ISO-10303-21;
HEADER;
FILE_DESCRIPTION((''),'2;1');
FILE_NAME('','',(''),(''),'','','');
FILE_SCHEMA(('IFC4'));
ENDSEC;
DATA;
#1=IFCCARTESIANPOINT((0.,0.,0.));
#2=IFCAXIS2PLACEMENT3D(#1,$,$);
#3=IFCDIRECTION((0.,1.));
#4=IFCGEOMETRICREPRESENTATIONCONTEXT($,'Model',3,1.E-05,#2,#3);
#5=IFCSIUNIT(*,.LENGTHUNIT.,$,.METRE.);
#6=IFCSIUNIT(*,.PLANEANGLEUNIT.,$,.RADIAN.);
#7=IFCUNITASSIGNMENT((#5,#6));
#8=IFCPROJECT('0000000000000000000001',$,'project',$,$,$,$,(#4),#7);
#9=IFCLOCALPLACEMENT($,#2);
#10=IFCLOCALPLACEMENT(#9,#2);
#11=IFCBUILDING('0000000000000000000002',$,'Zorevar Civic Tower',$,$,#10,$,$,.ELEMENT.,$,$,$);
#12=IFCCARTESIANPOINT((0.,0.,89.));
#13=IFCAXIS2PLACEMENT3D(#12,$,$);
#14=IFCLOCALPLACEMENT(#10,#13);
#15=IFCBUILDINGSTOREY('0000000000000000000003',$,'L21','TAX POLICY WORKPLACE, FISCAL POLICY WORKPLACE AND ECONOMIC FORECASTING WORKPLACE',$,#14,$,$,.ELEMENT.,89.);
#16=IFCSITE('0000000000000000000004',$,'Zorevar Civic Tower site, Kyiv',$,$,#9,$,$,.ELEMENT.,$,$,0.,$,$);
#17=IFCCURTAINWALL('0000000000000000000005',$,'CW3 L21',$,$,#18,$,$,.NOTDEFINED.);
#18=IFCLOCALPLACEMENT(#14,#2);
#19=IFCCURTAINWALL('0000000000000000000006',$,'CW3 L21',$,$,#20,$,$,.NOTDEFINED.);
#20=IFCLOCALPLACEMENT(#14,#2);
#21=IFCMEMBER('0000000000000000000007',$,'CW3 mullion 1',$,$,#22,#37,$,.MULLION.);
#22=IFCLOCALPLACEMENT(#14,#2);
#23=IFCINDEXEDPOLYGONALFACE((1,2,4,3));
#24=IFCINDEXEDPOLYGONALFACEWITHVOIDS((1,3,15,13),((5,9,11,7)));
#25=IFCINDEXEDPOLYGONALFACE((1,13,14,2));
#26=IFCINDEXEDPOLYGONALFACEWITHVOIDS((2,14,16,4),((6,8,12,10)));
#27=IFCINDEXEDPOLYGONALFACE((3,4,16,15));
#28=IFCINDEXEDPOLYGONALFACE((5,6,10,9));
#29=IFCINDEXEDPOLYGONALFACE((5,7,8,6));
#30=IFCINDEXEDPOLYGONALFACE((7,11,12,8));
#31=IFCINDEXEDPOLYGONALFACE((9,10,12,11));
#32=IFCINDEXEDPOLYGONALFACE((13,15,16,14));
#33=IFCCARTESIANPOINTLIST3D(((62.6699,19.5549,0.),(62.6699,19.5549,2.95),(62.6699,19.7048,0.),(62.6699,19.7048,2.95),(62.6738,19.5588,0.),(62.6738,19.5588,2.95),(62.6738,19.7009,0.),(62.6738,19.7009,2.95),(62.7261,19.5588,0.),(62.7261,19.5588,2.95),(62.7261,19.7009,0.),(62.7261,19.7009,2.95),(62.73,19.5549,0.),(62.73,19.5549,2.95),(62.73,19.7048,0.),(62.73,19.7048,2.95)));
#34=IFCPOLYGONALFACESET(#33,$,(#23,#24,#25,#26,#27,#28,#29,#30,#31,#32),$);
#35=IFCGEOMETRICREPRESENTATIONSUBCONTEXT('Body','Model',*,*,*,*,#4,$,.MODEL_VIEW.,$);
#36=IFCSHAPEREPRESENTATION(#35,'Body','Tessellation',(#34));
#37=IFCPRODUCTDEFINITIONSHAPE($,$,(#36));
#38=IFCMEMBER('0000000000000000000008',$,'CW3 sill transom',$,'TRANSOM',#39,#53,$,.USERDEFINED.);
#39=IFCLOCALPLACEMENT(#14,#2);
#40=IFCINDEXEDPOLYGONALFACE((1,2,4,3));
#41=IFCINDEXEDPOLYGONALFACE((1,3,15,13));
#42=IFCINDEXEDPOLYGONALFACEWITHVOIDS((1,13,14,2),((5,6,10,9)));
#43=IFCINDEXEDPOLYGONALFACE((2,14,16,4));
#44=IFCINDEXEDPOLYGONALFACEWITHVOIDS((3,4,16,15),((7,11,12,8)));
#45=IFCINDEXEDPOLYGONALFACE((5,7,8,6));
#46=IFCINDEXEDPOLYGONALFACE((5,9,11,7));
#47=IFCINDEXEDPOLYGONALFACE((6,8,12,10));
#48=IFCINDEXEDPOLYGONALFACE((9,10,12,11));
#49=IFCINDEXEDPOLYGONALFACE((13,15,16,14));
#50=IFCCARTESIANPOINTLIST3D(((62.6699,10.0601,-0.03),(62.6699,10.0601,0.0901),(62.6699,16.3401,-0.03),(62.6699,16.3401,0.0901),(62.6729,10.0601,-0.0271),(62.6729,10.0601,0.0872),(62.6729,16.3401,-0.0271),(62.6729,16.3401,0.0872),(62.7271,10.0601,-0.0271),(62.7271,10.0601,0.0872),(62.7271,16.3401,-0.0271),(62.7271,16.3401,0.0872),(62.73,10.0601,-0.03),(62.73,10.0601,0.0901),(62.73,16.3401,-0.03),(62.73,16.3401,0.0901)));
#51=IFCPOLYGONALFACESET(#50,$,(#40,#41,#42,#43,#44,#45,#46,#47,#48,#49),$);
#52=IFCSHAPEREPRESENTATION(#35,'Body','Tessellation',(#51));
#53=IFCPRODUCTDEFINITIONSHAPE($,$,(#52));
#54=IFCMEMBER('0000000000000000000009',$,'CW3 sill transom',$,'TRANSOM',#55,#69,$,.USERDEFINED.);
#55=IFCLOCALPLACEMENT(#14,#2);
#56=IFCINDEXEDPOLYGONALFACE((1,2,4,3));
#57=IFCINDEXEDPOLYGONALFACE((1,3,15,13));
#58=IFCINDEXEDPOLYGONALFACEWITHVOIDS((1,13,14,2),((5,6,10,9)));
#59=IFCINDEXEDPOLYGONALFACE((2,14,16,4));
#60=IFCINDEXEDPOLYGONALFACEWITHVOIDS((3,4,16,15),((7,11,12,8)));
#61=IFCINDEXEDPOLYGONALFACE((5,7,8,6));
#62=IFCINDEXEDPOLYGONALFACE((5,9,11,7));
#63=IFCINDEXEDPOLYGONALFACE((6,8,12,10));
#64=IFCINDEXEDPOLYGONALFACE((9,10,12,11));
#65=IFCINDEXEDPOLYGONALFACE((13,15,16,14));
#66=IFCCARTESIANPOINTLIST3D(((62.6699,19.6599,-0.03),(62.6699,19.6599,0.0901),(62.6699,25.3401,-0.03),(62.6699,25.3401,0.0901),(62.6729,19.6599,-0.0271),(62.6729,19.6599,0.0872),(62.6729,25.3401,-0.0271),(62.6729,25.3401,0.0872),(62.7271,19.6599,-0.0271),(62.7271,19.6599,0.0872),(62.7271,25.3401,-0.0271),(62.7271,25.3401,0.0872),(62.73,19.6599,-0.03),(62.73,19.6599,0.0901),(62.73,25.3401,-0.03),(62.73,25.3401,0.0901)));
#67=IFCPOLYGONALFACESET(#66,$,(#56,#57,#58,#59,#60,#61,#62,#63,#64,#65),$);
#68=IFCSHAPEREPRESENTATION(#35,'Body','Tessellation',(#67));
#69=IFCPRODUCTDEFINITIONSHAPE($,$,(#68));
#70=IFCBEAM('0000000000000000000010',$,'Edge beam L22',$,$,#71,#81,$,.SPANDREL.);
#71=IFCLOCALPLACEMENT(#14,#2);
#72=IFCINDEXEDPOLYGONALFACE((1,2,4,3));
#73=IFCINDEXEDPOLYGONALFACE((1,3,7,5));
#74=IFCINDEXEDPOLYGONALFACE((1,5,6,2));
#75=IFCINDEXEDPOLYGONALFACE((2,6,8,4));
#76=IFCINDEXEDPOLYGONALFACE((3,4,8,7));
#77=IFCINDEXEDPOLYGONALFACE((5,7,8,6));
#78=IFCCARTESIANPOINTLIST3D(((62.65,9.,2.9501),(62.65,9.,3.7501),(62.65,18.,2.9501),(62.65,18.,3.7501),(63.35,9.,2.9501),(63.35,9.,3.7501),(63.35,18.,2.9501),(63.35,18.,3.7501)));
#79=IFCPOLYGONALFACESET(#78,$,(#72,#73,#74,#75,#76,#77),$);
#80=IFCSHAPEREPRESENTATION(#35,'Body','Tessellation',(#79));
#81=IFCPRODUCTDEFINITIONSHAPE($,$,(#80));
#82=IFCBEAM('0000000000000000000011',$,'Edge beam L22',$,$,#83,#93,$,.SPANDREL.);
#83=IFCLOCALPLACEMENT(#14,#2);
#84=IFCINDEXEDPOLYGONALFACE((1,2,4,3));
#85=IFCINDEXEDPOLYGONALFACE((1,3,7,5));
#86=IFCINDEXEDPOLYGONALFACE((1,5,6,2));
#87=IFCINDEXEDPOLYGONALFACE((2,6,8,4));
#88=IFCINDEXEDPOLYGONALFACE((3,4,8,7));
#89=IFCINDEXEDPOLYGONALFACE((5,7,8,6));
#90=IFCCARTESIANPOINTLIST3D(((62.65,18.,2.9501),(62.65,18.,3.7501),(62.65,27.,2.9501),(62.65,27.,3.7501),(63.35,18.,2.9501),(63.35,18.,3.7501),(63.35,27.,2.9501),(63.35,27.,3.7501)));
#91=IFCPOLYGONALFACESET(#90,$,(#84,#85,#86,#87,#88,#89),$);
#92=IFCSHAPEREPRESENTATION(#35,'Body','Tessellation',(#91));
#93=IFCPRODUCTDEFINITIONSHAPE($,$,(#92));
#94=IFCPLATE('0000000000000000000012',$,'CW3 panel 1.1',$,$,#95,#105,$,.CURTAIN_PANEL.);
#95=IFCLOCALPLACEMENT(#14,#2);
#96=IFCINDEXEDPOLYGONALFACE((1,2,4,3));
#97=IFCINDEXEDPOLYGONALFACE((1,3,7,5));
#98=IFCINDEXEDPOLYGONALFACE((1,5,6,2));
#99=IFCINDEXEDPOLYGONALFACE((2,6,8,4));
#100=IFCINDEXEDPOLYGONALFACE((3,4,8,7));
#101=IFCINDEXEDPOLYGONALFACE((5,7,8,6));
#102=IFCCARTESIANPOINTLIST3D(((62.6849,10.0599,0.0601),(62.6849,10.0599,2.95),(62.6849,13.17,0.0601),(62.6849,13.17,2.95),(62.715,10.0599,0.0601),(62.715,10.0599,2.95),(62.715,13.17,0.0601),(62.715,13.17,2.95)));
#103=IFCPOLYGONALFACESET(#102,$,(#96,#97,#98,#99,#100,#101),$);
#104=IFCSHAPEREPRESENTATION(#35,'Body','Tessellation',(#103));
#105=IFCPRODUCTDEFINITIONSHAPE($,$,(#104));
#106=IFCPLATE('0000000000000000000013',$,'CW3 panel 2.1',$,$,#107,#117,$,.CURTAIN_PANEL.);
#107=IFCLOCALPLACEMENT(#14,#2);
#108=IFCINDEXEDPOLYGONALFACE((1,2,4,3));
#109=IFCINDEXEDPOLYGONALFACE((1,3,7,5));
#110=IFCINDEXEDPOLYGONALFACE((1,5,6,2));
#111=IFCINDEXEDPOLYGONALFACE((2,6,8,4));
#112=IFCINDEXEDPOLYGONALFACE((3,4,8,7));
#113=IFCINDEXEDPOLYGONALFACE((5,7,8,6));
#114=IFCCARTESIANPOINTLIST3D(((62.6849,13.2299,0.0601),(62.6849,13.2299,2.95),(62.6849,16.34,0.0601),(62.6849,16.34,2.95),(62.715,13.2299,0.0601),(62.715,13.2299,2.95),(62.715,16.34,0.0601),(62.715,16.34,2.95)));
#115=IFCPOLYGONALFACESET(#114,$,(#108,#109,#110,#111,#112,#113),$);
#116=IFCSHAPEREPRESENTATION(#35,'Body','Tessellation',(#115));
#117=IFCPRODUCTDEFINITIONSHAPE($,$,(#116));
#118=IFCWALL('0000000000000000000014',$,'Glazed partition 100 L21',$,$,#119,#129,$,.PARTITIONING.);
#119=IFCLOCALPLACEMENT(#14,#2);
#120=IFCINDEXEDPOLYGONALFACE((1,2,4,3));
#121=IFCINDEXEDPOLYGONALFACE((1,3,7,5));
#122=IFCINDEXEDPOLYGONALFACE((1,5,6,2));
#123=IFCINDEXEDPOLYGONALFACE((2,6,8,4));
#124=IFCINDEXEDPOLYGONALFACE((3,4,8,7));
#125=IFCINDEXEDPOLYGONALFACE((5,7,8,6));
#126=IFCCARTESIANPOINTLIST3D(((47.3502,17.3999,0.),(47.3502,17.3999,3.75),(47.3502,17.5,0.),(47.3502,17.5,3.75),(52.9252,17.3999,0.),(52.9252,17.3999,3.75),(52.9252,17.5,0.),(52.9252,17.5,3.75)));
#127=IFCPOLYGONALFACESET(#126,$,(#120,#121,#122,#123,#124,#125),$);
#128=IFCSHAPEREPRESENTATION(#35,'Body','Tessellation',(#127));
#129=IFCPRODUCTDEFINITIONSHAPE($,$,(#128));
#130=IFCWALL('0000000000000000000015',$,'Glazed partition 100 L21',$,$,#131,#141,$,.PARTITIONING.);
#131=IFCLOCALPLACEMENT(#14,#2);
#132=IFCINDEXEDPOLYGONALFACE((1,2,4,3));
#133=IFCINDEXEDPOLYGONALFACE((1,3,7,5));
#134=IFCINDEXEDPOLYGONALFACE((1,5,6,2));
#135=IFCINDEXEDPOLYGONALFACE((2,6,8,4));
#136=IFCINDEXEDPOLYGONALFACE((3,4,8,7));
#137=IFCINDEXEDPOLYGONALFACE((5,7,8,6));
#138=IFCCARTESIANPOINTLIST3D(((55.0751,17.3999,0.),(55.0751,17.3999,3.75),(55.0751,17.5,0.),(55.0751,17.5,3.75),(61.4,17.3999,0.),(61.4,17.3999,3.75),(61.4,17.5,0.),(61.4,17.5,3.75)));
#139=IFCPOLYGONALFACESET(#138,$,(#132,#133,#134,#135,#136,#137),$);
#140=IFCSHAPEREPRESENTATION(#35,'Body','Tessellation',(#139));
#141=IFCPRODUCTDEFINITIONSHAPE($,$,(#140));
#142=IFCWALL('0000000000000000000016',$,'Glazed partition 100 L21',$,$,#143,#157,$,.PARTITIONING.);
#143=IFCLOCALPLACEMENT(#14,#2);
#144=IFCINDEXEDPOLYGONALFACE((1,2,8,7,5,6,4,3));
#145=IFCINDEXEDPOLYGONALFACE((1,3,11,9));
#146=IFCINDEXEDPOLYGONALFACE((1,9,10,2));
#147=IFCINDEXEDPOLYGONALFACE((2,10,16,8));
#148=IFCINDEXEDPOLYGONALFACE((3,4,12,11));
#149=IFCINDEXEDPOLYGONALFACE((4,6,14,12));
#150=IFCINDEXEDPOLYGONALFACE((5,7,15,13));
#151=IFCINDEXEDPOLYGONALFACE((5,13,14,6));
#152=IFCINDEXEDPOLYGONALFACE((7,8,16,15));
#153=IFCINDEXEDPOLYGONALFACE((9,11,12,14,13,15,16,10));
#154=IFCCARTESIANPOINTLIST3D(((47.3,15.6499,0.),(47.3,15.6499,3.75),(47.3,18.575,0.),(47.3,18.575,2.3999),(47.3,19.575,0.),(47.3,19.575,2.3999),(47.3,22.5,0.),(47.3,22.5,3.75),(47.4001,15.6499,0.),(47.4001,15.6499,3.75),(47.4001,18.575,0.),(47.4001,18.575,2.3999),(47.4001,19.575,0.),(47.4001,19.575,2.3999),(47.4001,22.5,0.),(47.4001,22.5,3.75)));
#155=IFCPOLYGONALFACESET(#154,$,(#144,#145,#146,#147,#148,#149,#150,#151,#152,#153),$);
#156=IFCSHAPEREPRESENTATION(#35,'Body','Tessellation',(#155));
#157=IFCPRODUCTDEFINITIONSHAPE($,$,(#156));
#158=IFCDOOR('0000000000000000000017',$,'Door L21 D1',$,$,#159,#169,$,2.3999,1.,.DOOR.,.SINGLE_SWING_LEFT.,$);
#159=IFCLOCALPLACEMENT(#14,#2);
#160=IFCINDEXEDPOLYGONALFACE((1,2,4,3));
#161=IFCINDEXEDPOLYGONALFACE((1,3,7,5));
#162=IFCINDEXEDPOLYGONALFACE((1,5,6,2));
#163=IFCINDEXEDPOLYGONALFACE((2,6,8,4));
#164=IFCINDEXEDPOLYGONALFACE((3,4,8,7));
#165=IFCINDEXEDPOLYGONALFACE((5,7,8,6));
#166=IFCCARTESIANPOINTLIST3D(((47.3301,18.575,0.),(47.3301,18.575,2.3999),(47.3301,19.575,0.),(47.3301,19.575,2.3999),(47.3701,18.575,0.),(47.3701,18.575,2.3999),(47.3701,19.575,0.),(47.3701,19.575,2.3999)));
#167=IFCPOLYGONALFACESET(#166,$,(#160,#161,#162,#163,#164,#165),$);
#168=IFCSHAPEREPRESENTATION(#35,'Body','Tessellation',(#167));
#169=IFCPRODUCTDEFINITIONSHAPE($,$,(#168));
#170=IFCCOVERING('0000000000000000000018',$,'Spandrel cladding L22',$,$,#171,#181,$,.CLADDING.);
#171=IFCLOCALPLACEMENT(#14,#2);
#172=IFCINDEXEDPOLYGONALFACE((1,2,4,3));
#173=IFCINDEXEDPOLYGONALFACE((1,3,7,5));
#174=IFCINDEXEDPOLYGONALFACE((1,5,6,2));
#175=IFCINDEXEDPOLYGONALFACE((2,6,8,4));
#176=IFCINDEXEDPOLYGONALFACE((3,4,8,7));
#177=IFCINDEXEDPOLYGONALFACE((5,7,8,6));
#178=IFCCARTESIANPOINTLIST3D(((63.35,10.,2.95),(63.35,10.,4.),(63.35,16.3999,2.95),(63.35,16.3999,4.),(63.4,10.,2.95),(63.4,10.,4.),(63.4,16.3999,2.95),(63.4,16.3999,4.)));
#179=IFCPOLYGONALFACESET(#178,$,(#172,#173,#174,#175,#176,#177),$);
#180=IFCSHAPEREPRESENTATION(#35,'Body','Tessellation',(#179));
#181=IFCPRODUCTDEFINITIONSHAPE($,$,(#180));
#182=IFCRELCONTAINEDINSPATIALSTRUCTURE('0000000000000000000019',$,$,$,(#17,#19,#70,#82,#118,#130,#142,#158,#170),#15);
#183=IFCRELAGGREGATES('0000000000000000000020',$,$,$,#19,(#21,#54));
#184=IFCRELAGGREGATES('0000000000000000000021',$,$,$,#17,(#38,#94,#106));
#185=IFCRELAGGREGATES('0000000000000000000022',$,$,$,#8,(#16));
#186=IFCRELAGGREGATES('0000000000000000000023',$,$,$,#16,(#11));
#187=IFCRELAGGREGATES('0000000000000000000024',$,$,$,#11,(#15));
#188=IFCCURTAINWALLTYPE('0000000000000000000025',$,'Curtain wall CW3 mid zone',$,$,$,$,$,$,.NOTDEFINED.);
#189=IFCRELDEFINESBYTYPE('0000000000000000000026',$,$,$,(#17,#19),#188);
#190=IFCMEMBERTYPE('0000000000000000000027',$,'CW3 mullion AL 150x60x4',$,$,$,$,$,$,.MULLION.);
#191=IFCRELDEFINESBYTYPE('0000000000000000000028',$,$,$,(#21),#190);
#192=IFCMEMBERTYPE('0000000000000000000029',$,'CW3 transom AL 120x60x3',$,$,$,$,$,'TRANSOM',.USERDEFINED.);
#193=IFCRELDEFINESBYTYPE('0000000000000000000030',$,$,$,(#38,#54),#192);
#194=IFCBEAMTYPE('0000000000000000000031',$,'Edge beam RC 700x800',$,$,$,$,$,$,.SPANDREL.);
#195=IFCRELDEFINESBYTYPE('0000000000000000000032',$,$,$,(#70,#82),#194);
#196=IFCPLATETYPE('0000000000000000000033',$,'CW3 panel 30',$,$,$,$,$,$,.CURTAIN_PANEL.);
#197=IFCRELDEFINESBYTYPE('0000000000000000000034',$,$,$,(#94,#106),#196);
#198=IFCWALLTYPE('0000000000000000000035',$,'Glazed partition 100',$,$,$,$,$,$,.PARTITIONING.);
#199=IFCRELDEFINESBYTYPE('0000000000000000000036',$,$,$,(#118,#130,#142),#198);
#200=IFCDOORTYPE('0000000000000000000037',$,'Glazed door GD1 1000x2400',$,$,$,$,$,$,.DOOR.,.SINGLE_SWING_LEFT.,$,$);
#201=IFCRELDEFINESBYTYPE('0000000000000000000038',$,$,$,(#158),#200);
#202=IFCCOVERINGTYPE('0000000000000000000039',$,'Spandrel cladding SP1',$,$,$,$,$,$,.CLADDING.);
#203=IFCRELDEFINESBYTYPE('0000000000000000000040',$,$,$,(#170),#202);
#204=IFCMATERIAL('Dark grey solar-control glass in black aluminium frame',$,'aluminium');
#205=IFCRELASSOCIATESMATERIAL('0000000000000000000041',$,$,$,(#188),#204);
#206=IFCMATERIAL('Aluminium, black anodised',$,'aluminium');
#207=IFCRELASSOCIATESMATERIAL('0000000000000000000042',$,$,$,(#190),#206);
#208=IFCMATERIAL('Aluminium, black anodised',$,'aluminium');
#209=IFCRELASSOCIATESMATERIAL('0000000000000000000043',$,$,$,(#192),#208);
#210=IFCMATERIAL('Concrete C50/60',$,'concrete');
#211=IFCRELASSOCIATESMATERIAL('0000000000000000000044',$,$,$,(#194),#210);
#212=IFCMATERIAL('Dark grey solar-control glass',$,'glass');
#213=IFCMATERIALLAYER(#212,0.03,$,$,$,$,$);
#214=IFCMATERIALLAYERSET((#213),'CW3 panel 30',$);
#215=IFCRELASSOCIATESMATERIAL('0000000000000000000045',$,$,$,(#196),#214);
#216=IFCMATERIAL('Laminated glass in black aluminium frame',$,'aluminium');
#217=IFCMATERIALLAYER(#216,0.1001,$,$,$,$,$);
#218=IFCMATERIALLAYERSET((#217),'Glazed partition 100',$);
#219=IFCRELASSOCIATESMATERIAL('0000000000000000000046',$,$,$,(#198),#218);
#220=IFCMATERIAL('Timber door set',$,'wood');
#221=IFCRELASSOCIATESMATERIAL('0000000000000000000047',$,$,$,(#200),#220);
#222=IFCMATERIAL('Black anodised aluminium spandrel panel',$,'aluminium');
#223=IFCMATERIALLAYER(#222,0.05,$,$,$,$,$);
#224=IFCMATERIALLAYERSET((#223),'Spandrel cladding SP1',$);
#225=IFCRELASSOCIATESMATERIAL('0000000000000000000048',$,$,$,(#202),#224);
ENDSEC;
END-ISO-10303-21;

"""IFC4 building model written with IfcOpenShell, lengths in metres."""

from ifc_helpers import new_model, si_unit, direction, frame, frame_2d, origin, origin_2d, place, context, subcontext, project, spatial, rectangle, hollow_rectangle, extrude, material, layer, layer_set, material_profile, profile_set, type_object, element, fill, aggregate, save


model = new_model("IFC4")

# Units and contexts
model_context = context("Model", 3, precision=1e-05, world=origin(), true_north=direction((0.0, 1.0)))
body_context = subcontext(model_context, "Body", "Model", "MODEL_VIEW")
ifc_project = project(units=[si_unit("LENGTHUNIT", "METRE"), si_unit("PLANEANGLEUNIT", "RADIAN")], contexts=[model_context])

# Site, building, storey
site_placement = place(None, origin())
site = spatial("IfcSite", under=ifc_project, at=site_placement, Name="Zorevar Civic Tower site, Kyiv", CompositionType="ELEMENT", RefElevation=0.0)
building_placement = place(site_placement, origin())
building = spatial("IfcBuilding", under=site, at=building_placement, Name="Zorevar Civic Tower", CompositionType="ELEMENT")
storey_placement = place(building_placement, frame((0.0, 0.0, 89.0)))
storey = spatial("IfcBuildingStorey", under=building, at=storey_placement, Name="L21", Description="TAX POLICY WORKPLACE, FISCAL POLICY WORKPLACE AND ECONOMIC FORECASTING WORKPLACE", CompositionType="ELEMENT", Elevation=89.0)

# Curtain wall
ifc_material_1 = material(Name="Dark grey solar-control glass in black aluminium frame", Category="aluminium")
curtain_wall_type = type_object("IfcCurtainWallType", Name="Curtain wall CW3 mid zone", PredefinedType="NOTDEFINED", material=ifc_material_1)
curtain_wall_1_placement = place(storey_placement, origin())
curtain_wall_1 = element("IfcCurtainWall", 1, at=curtain_wall_1_placement, inside=storey, type_object=curtain_wall_type, Name="CW3 L21", PredefinedType="NOTDEFINED")
ifc_material_2 = material(Name="Aluminium, black anodised", Category="aluminium")
ifc_material_profile_1 = material_profile(ifc_material_2, hollow_rectangle(XDim=0.0601, YDim=0.1499, WallThickness=0.0039, at=origin_2d()), Name="AL 150x60x4")
ifc_profile_set_1 = profile_set([ifc_material_profile_1], Name="Aluminium, black anodised")
member_type_1 = type_object("IfcMemberType", Name="CW3 mullion AL 150x60x4", PredefinedType="MULLION", material=ifc_profile_set_1)

# Curtain wall, member
curtain_wall_2_placement = place(storey_placement, origin())
curtain_wall_2 = element("IfcCurtainWall", 2, at=curtain_wall_2_placement, inside=storey, type_object=curtain_wall_type, Name="CW3 L21", PredefinedType="NOTDEFINED")
member_1_placement = place(storey_placement, frame((62.7, 19.6299, 0.0), z_axis=(0.0, 0.0, 1.0), x_axis=(-1.0, 0.0, 0.0)))
member_1 = element("IfcMember", 3, at=member_1_placement, type_object=member_type_1, Name="CW3 mullion 1", PredefinedType="MULLION", context=body_context, shape_type="SweptSolid", body=[
    extrude(hollow_rectangle(XDim=0.0601, YDim=0.1499, WallThickness=0.0039, at=origin_2d()), origin(), (0.0, 0.0, 1.0), 2.95),
])

# Members
ifc_material_3 = material(Name="Aluminium, black anodised", Category="aluminium")
ifc_material_profile_2 = material_profile(ifc_material_3, hollow_rectangle(XDim=0.0601, YDim=0.1201, WallThickness=0.0029, at=origin_2d()), Name="AL 120x60x3")
ifc_profile_set_2 = profile_set([ifc_material_profile_2], Name="Aluminium, black anodised")
member_type_2 = type_object("IfcMemberType", Name="CW3 transom AL 120x60x3", ElementType="TRANSOM", PredefinedType="USERDEFINED", material=ifc_profile_set_2)
member_2_placement = place(storey_placement, frame((62.7, 10.0601, 0.03), z_axis=(0.0, 1.0, 0.0), x_axis=(-1.0, 0.0, 0.0)))
member_2 = element("IfcMember", 4, at=member_2_placement, type_object=member_type_2, Name="CW3 sill transom", ObjectType="TRANSOM", PredefinedType="USERDEFINED", context=body_context, shape_type="SweptSolid", body=[
    extrude(hollow_rectangle(XDim=0.0601, YDim=0.1201, WallThickness=0.0029, at=origin_2d()), origin(), (0.0, 0.0, 1.0), 6.28),
])
member_3_placement = place(storey_placement, frame((62.7, 19.6599, 0.03), z_axis=(0.0, 1.0, 0.0), x_axis=(-1.0, 0.0, 0.0)))
member_3 = element("IfcMember", 5, at=member_3_placement, type_object=member_type_2, Name="CW3 sill transom", ObjectType="TRANSOM", PredefinedType="USERDEFINED", context=body_context, shape_type="SweptSolid", body=[
    extrude(hollow_rectangle(XDim=0.0601, YDim=0.1201, WallThickness=0.0029, at=origin_2d()), origin(), (0.0, 0.0, 1.0), 5.6802),
])
aggregate(curtain_wall_2, [member_1, member_3])

# Beams
ifc_material_4 = material(Name="Concrete C50/60", Category="concrete")
ifc_material_profile_3 = material_profile(ifc_material_4, rectangle(XDim=0.7, YDim=0.8, at=origin_2d()), Name="RC 700x800")
ifc_profile_set_3 = profile_set([ifc_material_profile_3], Name="Concrete C50/60")
beam_type_1 = type_object("IfcBeamType", Name="Edge beam RC 700x800", PredefinedType="SPANDREL", material=ifc_profile_set_3)
for number, where, z_axis, x_axis, name in (
    (6, (63.0, 9.0, 3.3501), (0.0, 1.0, 0.0), (-1.0, 0.0, 0.0), "Edge beam L22"),
    (7, (63.0, 18.0, 3.3501), (0.0, 1.0, 0.0), (-1.0, 0.0, 0.0), "Edge beam L22"),
):
    element("IfcBeam", number, at=place(storey_placement, frame(where, z_axis=z_axis, x_axis=x_axis)), inside=storey, type_object=beam_type_1, Name=name, PredefinedType="SPANDREL", context=body_context, shape_type="SweptSolid", body=[
        extrude(rectangle(XDim=0.7, YDim=0.8, at=origin_2d()), origin(), (0.0, 0.0, 1.0), 9.0),
    ])

# Plates
ifc_material_5 = material(Name="Dark grey solar-control glass", Category="glass")
ifc_layer_1 = layer(ifc_material_5, 0.03)
ifc_layer_set_1 = layer_set([ifc_layer_1], Name="CW3 panel 30")
plate_type = type_object("IfcPlateType", Name="CW3 panel 30", PredefinedType="CURTAIN_PANEL", material=ifc_layer_set_1)
plate_1_placement = place(storey_placement, frame((62.7, 11.615, 0.0601), z_axis=(0.0, 0.0, 1.0), x_axis=(0.0, 1.0, 0.0)))
plate_1 = element("IfcPlate", 8, at=plate_1_placement, type_object=plate_type, Name="CW3 panel 1.1", PredefinedType="CURTAIN_PANEL", context=body_context, shape_type="SweptSolid", body=[
    extrude(rectangle(XDim=3.1101, YDim=0.03, at=origin_2d()), origin(), (0.0, 0.0, 1.0), 2.8899),
])
plate_2_placement = place(storey_placement, frame((62.7, 14.7849, 0.0601), z_axis=(0.0, 0.0, 1.0), x_axis=(0.0, 1.0, 0.0)))
plate_2 = element("IfcPlate", 9, at=plate_2_placement, type_object=plate_type, Name="CW3 panel 2.1", PredefinedType="CURTAIN_PANEL", context=body_context, shape_type="SweptSolid", body=[
    extrude(rectangle(XDim=3.1101, YDim=0.03, at=origin_2d()), origin(), (0.0, 0.0, 1.0), 2.8899),
])
aggregate(curtain_wall_1, [member_2, plate_1, plate_2])

# Walls
ifc_material_6 = material(Name="Laminated glass in black aluminium frame", Category="aluminium")
ifc_layer_2 = layer(ifc_material_6, 0.1001)
ifc_layer_set_2 = layer_set([ifc_layer_2], Name="Glazed partition 100")
wall_type = type_object("IfcWallType", Name="Glazed partition 100", PredefinedType="PARTITIONING", material=ifc_layer_set_2)
wall_1_placement = place(storey_placement, frame((47.3501, 17.45, 0.0), z_axis=(0.0, 0.0, 1.0), x_axis=(1.0, 0.0, 0.0)))
element("IfcWall", 10, at=wall_1_placement, inside=storey, type_object=wall_type, Name="Glazed partition 100 L21", PredefinedType="PARTITIONING", context=body_context, shape_type="SweptSolid", body=[
    extrude(rectangle(XDim=5.575, YDim=0.1001, at=frame_2d((2.7876, 0.0))), origin(), (0.0, 0.0, 1.0), 3.75),
])
wall_2_placement = place(storey_placement, frame((55.075, 17.45, 0.0), z_axis=(0.0, 0.0, 1.0), x_axis=(1.0, 0.0, 0.0)))
element("IfcWall", 11, at=wall_2_placement, inside=storey, type_object=wall_type, Name="Glazed partition 100 L21", PredefinedType="PARTITIONING", context=body_context, shape_type="SweptSolid", body=[
    extrude(rectangle(XDim=6.325, YDim=0.1001, at=frame_2d((3.1626, 0.0))), origin(), (0.0, 0.0, 1.0), 3.75),
])

# Wall, opening, door
wall_3_placement = place(storey_placement, frame((47.3501, 15.6499, 0.0), z_axis=(0.0, 0.0, 1.0), x_axis=(0.0, 1.0, 0.0)))
wall_3 = element("IfcWall", 12, at=wall_3_placement, inside=storey, type_object=wall_type, Name="Glazed partition 100 L21", PredefinedType="PARTITIONING", context=body_context, shape_type="SweptSolid", body=[
    extrude(rectangle(XDim=6.8501, YDim=0.1001, at=frame_2d((3.425, 0.0))), origin(), (0.0, 0.0, 1.0), 3.75),
])
opening_placement = place(wall_3_placement, frame((2.925, 0.0, 0.0)))
opening = element("IfcOpeningElement", 13, at=opening_placement, cuts=wall_3, PredefinedType="OPENING", context=body_context, shape_type="SweptSolid", body=[
    extrude(rectangle(XDim=1.0, YDim=2.3999, at=frame_2d((0.5, 1.2))), frame((0.0, 0.0601, 0.0), z_axis=(0.0, -1.0, 0.0), x_axis=(1.0, 0.0, 0.0)), (0.0, 0.0, 1.0), 0.1201),
])
ifc_material_7 = material(Name="Timber door set", Category="wood")
door_type = type_object("IfcDoorType", Name="Glazed door GD1 1000x2400", OperationType="SINGLE_SWING_LEFT", PredefinedType="DOOR", material=ifc_material_7)
door_placement = place(opening_placement, origin())
door = element("IfcDoor", 14, at=door_placement, inside=storey, type_object=door_type, Name="Door L21 D1", OperationType="SINGLE_SWING_LEFT", OverallHeight=2.3999, OverallWidth=1.0, PredefinedType="DOOR", context=body_context, shape_type="SweptSolid", body=[
    extrude(rectangle(XDim=1.0, YDim=2.3999, at=frame_2d((0.5, 1.2))), frame((0.0, 0.02, 0.0), z_axis=(0.0, -1.0, 0.0), x_axis=(1.0, 0.0, 0.0)), (0.0, 0.0, 1.0), 0.04),
])
fill(opening, door)

# Covering
ifc_material_8 = material(Name="Black anodised aluminium spandrel panel", Category="aluminium")
ifc_layer_3 = layer(ifc_material_8, 0.05)
ifc_layer_set_3 = layer_set([ifc_layer_3], Name="Spandrel cladding SP1")
covering_type = type_object("IfcCoveringType", Name="Spandrel cladding SP1", PredefinedType="CLADDING", material=ifc_layer_set_3)
covering_1_placement = place(storey_placement, frame((63.375, 10.0, 2.95), z_axis=(0.0, 0.0, 1.0), x_axis=(0.0, 1.0, 0.0)))
element("IfcCovering", 15, at=covering_1_placement, inside=storey, type_object=covering_type, Name="Spandrel cladding L22", PredefinedType="CLADDING", context=body_context, shape_type="SweptSolid", body=[
    extrude(rectangle(XDim=6.3999, YDim=0.05, at=frame_2d((3.2, 0.0))), origin(), (0.0, 0.0, 1.0), 1.05),
])

save(model, "model.ifc")
